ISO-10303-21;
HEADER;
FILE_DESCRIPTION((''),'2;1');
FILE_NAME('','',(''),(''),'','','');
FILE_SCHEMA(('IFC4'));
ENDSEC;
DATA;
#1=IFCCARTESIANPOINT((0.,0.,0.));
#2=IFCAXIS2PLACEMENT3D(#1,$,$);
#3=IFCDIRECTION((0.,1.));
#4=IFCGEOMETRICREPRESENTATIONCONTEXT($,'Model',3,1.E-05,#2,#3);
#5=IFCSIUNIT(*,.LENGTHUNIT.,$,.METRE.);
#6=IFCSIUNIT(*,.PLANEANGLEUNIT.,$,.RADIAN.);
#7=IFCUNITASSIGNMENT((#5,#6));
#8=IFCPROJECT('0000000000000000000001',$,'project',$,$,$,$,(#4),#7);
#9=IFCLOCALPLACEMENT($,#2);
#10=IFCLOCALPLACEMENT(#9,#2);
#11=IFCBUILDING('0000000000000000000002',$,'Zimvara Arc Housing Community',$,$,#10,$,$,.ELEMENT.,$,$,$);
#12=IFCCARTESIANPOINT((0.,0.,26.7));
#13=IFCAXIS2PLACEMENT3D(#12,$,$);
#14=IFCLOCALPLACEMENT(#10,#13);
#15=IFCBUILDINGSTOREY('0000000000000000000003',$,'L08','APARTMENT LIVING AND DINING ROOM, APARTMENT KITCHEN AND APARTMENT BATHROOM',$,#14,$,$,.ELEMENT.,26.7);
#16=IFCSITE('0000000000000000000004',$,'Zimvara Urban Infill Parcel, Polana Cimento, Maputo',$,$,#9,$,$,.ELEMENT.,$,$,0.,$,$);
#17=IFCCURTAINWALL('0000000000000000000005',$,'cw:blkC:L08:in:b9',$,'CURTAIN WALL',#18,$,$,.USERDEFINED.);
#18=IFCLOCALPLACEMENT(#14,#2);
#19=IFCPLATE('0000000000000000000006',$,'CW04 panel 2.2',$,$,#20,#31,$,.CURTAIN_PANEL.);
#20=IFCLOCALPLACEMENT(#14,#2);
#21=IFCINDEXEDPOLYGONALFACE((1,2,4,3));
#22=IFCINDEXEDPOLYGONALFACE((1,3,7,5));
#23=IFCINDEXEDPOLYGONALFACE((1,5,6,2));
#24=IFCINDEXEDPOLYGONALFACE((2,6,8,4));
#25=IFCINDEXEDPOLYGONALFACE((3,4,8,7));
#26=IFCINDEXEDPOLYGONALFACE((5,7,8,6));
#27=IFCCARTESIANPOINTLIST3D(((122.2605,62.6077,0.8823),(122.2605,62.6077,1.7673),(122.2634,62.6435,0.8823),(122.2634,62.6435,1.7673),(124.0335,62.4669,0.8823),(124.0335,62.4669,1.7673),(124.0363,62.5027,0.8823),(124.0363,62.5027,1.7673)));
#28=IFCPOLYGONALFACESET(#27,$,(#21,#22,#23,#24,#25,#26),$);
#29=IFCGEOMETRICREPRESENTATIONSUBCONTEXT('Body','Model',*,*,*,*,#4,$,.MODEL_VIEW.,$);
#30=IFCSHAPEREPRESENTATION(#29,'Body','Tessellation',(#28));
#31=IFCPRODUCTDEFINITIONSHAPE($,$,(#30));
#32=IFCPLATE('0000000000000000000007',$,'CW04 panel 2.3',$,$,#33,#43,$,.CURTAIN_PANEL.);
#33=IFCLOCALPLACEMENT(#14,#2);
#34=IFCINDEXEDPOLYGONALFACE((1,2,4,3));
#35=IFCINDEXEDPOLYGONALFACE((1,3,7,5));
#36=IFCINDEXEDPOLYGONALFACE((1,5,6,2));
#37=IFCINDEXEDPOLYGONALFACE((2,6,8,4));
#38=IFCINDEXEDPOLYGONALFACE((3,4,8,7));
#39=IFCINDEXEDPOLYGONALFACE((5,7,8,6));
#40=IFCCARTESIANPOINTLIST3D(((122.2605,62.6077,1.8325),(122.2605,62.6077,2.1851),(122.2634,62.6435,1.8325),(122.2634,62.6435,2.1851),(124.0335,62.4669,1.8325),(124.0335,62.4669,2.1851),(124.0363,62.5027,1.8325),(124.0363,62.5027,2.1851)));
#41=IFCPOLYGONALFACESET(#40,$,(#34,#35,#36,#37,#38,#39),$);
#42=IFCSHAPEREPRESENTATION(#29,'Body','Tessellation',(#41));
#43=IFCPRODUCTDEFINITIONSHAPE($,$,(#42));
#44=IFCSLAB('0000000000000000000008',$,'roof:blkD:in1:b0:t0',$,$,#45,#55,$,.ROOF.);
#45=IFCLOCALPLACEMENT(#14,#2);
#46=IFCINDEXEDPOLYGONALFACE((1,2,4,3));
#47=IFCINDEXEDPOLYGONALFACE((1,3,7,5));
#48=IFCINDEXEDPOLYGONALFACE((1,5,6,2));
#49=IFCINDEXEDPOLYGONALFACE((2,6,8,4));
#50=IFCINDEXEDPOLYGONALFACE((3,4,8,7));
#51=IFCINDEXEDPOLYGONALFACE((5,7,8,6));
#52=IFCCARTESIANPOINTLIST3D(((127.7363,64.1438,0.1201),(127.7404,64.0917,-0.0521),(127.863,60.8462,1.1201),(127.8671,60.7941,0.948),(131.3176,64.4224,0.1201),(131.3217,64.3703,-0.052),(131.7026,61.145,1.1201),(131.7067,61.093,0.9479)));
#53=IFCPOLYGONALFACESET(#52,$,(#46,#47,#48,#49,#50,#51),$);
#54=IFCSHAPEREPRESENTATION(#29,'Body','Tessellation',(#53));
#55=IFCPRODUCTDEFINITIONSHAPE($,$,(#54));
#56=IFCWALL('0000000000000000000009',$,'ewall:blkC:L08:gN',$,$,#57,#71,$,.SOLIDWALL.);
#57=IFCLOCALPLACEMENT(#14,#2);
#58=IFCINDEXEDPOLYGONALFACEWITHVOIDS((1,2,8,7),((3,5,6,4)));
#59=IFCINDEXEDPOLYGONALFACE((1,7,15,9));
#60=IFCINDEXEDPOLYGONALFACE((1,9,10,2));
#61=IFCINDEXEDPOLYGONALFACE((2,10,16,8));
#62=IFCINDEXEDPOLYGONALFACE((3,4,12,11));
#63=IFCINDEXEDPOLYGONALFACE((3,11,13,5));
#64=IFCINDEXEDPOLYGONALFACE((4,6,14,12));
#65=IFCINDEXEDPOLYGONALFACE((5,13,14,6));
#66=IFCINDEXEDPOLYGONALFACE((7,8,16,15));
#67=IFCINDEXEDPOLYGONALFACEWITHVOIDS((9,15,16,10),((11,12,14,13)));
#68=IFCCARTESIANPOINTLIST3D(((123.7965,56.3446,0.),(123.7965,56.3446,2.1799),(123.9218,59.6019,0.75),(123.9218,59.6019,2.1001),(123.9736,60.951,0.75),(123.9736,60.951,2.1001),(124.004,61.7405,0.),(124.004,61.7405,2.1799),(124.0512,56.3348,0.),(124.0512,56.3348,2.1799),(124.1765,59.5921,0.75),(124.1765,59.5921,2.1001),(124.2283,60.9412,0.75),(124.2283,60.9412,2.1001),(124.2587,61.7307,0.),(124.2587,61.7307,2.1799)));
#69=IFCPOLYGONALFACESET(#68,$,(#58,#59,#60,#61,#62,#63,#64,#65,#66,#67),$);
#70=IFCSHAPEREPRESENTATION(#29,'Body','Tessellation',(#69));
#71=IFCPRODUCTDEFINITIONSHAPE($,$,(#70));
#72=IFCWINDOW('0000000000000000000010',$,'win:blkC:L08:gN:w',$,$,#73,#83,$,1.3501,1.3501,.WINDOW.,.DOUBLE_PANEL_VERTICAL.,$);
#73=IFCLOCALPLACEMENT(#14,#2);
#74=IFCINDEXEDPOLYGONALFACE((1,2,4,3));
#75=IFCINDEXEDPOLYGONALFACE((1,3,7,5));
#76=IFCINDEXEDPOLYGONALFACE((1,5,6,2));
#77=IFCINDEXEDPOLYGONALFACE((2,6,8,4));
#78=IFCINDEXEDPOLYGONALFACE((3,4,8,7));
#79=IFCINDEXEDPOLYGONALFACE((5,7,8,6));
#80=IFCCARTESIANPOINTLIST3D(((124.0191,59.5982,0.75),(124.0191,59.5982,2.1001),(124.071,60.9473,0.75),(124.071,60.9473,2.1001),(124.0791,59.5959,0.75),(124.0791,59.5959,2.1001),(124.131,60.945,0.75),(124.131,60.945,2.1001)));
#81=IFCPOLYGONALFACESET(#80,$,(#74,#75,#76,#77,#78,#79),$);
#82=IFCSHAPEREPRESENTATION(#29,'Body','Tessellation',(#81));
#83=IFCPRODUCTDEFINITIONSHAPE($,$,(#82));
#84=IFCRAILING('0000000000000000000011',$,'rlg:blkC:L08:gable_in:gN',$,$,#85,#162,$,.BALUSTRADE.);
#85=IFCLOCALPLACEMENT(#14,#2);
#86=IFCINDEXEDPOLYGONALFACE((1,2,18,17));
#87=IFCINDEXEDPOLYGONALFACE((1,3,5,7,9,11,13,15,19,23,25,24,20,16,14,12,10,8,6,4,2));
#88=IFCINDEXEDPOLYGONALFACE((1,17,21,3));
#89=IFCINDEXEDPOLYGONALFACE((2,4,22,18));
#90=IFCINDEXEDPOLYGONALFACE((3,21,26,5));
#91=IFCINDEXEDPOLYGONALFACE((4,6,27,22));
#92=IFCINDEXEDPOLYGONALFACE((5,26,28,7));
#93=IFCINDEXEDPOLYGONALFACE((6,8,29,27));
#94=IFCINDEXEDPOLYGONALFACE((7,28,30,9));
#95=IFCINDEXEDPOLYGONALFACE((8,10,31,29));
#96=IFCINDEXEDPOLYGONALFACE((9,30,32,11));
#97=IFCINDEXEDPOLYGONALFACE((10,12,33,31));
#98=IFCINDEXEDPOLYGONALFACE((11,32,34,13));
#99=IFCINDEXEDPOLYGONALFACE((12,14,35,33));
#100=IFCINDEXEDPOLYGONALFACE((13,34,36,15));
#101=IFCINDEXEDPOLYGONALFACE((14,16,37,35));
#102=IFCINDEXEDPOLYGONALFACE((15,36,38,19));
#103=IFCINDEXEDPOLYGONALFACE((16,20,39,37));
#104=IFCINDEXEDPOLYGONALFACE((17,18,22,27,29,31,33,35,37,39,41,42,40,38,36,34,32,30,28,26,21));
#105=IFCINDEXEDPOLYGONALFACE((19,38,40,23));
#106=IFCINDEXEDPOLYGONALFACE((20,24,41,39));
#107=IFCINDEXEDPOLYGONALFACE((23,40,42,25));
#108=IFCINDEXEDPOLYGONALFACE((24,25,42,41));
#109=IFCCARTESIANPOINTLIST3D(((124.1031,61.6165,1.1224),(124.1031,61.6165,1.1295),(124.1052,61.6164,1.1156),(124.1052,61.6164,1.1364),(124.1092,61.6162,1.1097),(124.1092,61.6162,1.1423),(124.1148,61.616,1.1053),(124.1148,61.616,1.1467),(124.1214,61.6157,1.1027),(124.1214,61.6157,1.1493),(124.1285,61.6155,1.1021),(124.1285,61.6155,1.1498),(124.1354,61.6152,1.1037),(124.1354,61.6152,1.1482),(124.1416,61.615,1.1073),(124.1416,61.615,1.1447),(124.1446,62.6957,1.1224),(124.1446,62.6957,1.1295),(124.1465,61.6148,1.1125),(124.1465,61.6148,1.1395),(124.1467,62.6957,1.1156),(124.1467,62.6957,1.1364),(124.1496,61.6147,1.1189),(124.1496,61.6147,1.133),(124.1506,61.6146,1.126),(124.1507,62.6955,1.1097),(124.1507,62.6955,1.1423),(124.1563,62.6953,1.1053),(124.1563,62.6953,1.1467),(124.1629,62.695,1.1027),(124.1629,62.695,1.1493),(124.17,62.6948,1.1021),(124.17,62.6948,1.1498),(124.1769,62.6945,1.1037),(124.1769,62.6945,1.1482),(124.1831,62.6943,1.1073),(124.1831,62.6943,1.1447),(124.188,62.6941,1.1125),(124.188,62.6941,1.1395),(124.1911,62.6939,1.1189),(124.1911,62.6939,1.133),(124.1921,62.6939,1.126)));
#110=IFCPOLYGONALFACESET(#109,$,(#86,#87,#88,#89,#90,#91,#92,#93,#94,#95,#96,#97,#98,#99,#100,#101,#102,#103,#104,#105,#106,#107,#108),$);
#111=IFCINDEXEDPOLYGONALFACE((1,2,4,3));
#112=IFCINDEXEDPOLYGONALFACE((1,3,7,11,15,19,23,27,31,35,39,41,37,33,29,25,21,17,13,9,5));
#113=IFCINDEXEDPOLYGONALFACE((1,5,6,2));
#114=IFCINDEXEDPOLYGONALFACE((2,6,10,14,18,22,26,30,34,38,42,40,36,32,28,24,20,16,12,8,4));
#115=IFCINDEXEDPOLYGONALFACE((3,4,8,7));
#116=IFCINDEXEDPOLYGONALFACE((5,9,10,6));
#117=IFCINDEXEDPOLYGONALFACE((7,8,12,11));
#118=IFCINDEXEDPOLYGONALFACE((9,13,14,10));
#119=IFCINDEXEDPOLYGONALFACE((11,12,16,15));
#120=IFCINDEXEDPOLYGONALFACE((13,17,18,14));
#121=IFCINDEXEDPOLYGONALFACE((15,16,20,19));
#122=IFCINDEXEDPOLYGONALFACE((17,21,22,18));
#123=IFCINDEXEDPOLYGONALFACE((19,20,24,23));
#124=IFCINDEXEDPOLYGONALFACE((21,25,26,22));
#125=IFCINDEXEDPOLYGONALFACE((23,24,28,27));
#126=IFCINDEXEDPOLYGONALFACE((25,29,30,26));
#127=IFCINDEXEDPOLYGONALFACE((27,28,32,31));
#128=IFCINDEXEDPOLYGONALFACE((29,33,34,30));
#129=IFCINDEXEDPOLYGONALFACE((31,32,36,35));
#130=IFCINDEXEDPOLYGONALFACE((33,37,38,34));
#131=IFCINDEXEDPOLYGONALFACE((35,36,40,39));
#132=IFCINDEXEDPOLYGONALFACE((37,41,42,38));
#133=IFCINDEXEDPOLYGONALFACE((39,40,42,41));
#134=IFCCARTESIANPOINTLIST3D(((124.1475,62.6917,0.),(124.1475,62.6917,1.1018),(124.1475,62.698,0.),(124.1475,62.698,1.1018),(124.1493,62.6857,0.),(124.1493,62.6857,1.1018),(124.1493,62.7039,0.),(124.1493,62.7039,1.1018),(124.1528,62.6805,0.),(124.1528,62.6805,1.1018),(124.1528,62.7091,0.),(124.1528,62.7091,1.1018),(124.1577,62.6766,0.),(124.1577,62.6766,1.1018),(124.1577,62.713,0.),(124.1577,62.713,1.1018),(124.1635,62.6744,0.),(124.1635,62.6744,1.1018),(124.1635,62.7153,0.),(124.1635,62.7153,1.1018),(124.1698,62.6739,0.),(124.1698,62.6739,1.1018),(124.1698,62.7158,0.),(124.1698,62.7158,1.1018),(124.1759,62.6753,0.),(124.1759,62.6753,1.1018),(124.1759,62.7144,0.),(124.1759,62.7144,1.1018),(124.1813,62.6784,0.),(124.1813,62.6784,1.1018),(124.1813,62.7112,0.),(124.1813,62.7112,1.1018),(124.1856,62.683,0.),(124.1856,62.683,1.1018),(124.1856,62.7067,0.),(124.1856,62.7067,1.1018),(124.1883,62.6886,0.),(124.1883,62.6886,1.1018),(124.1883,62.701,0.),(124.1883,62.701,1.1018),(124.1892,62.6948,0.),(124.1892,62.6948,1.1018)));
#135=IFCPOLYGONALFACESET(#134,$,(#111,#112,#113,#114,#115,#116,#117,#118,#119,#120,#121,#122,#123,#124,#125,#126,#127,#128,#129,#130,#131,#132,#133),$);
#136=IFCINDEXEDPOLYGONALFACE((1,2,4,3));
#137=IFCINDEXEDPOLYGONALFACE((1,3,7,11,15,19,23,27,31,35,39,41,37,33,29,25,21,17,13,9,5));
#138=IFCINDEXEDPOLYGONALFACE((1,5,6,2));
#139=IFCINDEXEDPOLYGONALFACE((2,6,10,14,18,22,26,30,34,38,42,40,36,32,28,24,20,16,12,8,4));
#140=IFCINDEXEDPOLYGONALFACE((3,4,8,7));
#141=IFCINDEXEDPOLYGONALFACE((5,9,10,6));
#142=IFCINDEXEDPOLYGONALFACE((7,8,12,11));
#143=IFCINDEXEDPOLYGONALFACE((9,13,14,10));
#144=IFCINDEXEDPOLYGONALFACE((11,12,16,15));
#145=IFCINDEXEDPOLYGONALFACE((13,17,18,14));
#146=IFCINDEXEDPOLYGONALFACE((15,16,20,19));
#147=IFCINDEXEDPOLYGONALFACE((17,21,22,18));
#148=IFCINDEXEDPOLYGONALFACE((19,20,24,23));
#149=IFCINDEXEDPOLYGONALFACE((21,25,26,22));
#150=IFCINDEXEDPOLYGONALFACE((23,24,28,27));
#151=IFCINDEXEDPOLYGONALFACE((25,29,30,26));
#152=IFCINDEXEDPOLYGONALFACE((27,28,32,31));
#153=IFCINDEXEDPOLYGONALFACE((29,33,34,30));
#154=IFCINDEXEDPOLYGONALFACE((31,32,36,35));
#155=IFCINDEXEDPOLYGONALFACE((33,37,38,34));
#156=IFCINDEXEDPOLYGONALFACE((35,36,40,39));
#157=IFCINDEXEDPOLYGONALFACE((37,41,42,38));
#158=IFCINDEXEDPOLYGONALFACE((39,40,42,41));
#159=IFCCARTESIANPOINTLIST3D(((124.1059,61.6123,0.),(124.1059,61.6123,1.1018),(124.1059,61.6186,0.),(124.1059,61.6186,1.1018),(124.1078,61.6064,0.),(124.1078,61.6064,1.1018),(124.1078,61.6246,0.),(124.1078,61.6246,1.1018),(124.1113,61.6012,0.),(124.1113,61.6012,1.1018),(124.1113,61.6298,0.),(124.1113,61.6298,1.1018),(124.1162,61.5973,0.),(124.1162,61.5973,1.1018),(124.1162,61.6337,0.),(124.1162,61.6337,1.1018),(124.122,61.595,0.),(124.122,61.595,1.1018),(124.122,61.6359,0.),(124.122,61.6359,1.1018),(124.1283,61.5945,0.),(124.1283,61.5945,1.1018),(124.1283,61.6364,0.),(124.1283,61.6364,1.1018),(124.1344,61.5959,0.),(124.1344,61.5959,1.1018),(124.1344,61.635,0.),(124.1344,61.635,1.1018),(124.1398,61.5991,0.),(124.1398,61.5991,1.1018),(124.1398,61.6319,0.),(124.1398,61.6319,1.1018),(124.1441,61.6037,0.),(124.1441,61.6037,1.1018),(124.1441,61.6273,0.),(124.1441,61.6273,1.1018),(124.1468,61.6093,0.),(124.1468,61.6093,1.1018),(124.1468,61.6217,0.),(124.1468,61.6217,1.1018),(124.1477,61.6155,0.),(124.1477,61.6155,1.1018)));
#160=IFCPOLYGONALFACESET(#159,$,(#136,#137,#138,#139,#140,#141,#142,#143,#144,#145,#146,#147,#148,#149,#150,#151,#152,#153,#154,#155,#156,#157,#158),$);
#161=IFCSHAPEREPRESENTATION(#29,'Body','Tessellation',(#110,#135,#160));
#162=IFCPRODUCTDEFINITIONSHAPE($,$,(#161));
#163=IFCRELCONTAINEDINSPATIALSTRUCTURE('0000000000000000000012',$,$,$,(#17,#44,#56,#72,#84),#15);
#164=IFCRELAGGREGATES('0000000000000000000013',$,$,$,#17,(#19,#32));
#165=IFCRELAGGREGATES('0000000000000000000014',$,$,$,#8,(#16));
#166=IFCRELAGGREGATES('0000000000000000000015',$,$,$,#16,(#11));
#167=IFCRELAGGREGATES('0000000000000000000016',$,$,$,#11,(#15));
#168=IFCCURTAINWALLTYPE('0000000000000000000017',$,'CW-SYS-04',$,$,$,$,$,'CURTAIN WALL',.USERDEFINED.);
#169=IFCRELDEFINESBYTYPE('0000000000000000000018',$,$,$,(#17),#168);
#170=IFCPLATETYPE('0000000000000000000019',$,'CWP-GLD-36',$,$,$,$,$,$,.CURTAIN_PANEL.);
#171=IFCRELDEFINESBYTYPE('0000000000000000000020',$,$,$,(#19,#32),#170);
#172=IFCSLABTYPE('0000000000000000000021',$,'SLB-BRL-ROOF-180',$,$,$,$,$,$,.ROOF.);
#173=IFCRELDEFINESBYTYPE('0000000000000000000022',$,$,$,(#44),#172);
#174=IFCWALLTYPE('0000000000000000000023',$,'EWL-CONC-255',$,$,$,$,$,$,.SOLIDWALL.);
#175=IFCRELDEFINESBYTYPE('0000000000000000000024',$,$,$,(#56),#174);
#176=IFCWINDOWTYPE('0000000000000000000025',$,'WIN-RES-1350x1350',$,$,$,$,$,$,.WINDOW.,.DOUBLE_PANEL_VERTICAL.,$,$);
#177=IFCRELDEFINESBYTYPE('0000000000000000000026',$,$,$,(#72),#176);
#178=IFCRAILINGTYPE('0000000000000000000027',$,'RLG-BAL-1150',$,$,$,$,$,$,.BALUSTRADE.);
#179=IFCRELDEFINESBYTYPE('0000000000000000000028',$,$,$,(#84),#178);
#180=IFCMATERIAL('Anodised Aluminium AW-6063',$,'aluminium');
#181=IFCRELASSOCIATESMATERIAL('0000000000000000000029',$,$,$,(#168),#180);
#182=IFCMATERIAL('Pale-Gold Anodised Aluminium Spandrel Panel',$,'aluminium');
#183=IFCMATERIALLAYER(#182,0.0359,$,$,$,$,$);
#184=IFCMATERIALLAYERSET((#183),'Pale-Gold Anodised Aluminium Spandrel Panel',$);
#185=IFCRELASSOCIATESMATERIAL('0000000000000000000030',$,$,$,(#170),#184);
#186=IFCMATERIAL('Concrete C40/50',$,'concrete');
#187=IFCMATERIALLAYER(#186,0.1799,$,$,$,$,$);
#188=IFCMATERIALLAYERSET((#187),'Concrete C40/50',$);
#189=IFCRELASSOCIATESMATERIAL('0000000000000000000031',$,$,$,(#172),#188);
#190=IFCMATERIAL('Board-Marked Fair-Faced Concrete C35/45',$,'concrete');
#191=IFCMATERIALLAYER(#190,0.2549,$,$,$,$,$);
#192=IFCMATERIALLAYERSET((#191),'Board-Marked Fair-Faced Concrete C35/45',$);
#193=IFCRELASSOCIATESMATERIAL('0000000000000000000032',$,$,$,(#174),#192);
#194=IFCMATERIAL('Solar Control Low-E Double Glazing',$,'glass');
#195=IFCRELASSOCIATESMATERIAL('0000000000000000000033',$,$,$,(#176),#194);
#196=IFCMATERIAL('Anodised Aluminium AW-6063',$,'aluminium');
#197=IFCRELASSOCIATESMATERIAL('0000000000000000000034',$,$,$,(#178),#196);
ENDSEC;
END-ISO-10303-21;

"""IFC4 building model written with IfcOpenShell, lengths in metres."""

from ifc_helpers import new_model, si_unit, direction, frame, frame_2d, origin, origin_2d, place, context, subcontext, project, spatial, polyline, rectangle, circle, outline, extrude, material, layer, layer_set, type_object, element, fill, aggregate, save


model = new_model("IFC4")

# Units and contexts
model_context = context("Model", 3, precision=1e-05, world=origin(), true_north=direction((0.0, 1.0)))
body_context = subcontext(model_context, "Body", "Model", "MODEL_VIEW")
ifc_project = project(units=[si_unit("LENGTHUNIT", "METRE"), si_unit("PLANEANGLEUNIT", "RADIAN")], contexts=[model_context])

# Site, building, storey
site_placement = place(None, origin())
site = spatial("IfcSite", under=ifc_project, at=site_placement, Name="Zimvara Urban Infill Parcel, Polana Cimento, Maputo", CompositionType="ELEMENT", RefElevation=0.0)
building_placement = place(site_placement, origin())
building = spatial("IfcBuilding", under=site, at=building_placement, Name="Zimvara Arc Housing Community", CompositionType="ELEMENT")
storey_placement = place(building_placement, frame((0.0, 0.0, 26.7)))
storey = spatial("IfcBuildingStorey", under=building, at=storey_placement, Name="L08", Description="APARTMENT LIVING AND DINING ROOM, APARTMENT KITCHEN AND APARTMENT BATHROOM", CompositionType="ELEMENT", Elevation=26.7)

# Curtain wall, plates
ifc_material_1 = material(Name="Anodised Aluminium AW-6063", Category="aluminium")
curtain_wall_type = type_object("IfcCurtainWallType", Name="CW-SYS-04", ElementType="CURTAIN WALL", PredefinedType="USERDEFINED", material=ifc_material_1)
curtain_wall_placement = place(storey_placement, origin())
curtain_wall = element("IfcCurtainWall", 1, at=curtain_wall_placement, inside=storey, type_object=curtain_wall_type, Name="cw:blkC:L08:in:b9", ObjectType="CURTAIN WALL", PredefinedType="USERDEFINED")
ifc_material_2 = material(Name="Pale-Gold Anodised Aluminium Spandrel Panel", Category="aluminium")
ifc_layer_1 = layer(ifc_material_2, 0.0359)
ifc_layer_set_1 = layer_set([ifc_layer_1], Name="Pale-Gold Anodised Aluminium Spandrel Panel")
plate_type = type_object("IfcPlateType", Name="CWP-GLD-36", PredefinedType="CURTAIN_PANEL", material=ifc_layer_set_1)
plate_1_placement = place(storey_placement, frame((123.1484, 62.5552, 0.8823), z_axis=(0.0, 0.0, 1.0), x_axis=(0.996862, -0.079155, 0.0)))
plate_1 = element("IfcPlate", 2, at=plate_1_placement, type_object=plate_type, Name="CW04 panel 2.2", PredefinedType="CURTAIN_PANEL", context=body_context, shape_type="SweptSolid", body=[
    extrude(rectangle(XDim=1.7786, YDim=0.0359, at=origin_2d()), origin(), (0.0, 0.0, 1.0), 0.885),
])
plate_2_placement = place(storey_placement, frame((123.1484, 62.5552, 1.8325), z_axis=(0.0, 0.0, 1.0), x_axis=(0.996862, -0.079155, 0.0)))
plate_2 = element("IfcPlate", 3, at=plate_2_placement, type_object=plate_type, Name="CW04 panel 2.3", PredefinedType="CURTAIN_PANEL", context=body_context, shape_type="SweptSolid", body=[
    extrude(rectangle(XDim=1.7786, YDim=0.0359, at=origin_2d()), origin(), (0.0, 0.0, 1.0), 0.3525),
])
aggregate(curtain_wall, [plate_1, plate_2])

# Slab
ifc_material_3 = material(Name="Concrete C40/50", Category="concrete")
ifc_layer_2 = layer(ifc_material_3, 0.1799)
ifc_layer_set_2 = layer_set([ifc_layer_2], Name="Concrete C40/50")
slab_type = type_object("IfcSlabType", Name="SLB-BRL-ROOF-180", PredefinedType="ROOF", material=ifc_layer_set_2)
slab_placement = place(storey_placement, frame((127.7363, 64.1438, 0.1201), z_axis=(-0.022513, 0.289341, 0.956961), x_axis=(0.996988, 0.077551, 0.000006)))
element("IfcSlab", 4, at=slab_placement, inside=storey, type_object=slab_type, Name="roof:blkD:in1:b0:t0", PredefinedType="ROOF", context=body_context, shape_type="SweptSolid", body=[
    extrude(outline(polyline([(0.0, 0.0), (3.5921, 0.0), (3.7218, -3.4456), (-0.1294, -3.4458), (0.0, 0.0)])), origin(), (0.0, 0.0, -1.0), 0.1799),
])

# Wall, opening, window
ifc_material_4 = material(Name="Board-Marked Fair-Faced Concrete C35/45", Category="concrete")
ifc_layer_3 = layer(ifc_material_4, 0.2549)
ifc_layer_set_3 = layer_set([ifc_layer_3], Name="Board-Marked Fair-Faced Concrete C35/45")
wall_type = type_object("IfcWallType", Name="EWL-CONC-255", PredefinedType="SOLIDWALL", material=ifc_layer_set_3)
wall_placement = place(storey_placement, frame((124.1313, 61.7356, 0.0), z_axis=(0.0, 0.0, 1.0), x_axis=(-0.03843, -0.999261, 0.0)))
wall = element("IfcWall", 5, at=wall_placement, inside=storey, type_object=wall_type, Name="ewall:blkC:L08:gN", PredefinedType="SOLIDWALL", context=body_context, shape_type="SweptSolid", body=[
    extrude(rectangle(XDim=5.3999, YDim=0.2549, at=frame_2d((2.7, 0.0))), origin(), (0.0, 0.0, 1.0), 2.1799),
])
opening_placement = place(wall_placement, frame((0.79, 0.0, 0.75)))
opening = element("IfcOpeningElement", 6, at=opening_placement, cuts=wall, PredefinedType="OPENING", context=body_context, shape_type="SweptSolid", body=[
    extrude(rectangle(XDim=1.3501, YDim=1.3501, at=frame_2d((0.675, 0.675))), frame((0.0, 0.1375, 0.0), z_axis=(0.0, -1.0, 0.0), x_axis=(1.0, 0.0, 0.0)), (0.0, 0.0, 1.0), 0.2749),
])
ifc_material_5 = material(Name="Solar Control Low-E Double Glazing", Category="glass")
window_type = type_object("IfcWindowType", Name="WIN-RES-1350x1350", PartitioningType="DOUBLE_PANEL_VERTICAL", PredefinedType="WINDOW", material=ifc_material_5)
window_placement = place(opening_placement, origin())
window = element("IfcWindow", 7, at=window_placement, inside=storey, type_object=window_type, Name="win:blkC:L08:gN:w", OverallHeight=1.3501, OverallWidth=1.3501, PartitioningType="DOUBLE_PANEL_VERTICAL", PredefinedType="WINDOW", context=body_context, shape_type="SweptSolid", body=[
    extrude(rectangle(XDim=1.3501, YDim=1.3501, at=frame_2d((0.675, 0.675))), frame((0.0, 0.03, 0.0), z_axis=(0.0, -1.0, 0.0), x_axis=(1.0, 0.0, 0.0)), (0.0, 0.0, 1.0), 0.0601),
])
fill(opening, window)

# Railing
ifc_material_6 = material(Name="Anodised Aluminium AW-6063", Category="aluminium")
railing_type = type_object("IfcRailingType", Name="RLG-BAL-1150", PredefinedType="BALUSTRADE", material=ifc_material_6)
railing_placement = place(storey_placement, frame((124.1682, 62.6948, 0.0)))
element("IfcRailing", 8, at=railing_placement, inside=storey, type_object=railing_type, Name="rlg:blkC:L08:gable_in:gN", PredefinedType="BALUSTRADE", context=body_context, shape_type="SweptSolid", body=[
    extrude(circle(Radius=0.0239, at=origin_2d()), frame((0.0, 0.0, 1.126), z_axis=(-0.038424, -0.999262, 0.0), x_axis=(0.999262, -0.038424, 0.0)), (0.0, 0.0, 1.0), 1.0801),
    extrude(circle(Radius=0.021, at=origin_2d()), origin(), (0.0, 0.0, 1.0), 1.1018),
    extrude(circle(Radius=0.021, at=origin_2d()), frame((-0.0415, -1.0793, 0.0)), (0.0, 0.0, 1.0), 1.1018),
])

save(model, "model.ifc")
